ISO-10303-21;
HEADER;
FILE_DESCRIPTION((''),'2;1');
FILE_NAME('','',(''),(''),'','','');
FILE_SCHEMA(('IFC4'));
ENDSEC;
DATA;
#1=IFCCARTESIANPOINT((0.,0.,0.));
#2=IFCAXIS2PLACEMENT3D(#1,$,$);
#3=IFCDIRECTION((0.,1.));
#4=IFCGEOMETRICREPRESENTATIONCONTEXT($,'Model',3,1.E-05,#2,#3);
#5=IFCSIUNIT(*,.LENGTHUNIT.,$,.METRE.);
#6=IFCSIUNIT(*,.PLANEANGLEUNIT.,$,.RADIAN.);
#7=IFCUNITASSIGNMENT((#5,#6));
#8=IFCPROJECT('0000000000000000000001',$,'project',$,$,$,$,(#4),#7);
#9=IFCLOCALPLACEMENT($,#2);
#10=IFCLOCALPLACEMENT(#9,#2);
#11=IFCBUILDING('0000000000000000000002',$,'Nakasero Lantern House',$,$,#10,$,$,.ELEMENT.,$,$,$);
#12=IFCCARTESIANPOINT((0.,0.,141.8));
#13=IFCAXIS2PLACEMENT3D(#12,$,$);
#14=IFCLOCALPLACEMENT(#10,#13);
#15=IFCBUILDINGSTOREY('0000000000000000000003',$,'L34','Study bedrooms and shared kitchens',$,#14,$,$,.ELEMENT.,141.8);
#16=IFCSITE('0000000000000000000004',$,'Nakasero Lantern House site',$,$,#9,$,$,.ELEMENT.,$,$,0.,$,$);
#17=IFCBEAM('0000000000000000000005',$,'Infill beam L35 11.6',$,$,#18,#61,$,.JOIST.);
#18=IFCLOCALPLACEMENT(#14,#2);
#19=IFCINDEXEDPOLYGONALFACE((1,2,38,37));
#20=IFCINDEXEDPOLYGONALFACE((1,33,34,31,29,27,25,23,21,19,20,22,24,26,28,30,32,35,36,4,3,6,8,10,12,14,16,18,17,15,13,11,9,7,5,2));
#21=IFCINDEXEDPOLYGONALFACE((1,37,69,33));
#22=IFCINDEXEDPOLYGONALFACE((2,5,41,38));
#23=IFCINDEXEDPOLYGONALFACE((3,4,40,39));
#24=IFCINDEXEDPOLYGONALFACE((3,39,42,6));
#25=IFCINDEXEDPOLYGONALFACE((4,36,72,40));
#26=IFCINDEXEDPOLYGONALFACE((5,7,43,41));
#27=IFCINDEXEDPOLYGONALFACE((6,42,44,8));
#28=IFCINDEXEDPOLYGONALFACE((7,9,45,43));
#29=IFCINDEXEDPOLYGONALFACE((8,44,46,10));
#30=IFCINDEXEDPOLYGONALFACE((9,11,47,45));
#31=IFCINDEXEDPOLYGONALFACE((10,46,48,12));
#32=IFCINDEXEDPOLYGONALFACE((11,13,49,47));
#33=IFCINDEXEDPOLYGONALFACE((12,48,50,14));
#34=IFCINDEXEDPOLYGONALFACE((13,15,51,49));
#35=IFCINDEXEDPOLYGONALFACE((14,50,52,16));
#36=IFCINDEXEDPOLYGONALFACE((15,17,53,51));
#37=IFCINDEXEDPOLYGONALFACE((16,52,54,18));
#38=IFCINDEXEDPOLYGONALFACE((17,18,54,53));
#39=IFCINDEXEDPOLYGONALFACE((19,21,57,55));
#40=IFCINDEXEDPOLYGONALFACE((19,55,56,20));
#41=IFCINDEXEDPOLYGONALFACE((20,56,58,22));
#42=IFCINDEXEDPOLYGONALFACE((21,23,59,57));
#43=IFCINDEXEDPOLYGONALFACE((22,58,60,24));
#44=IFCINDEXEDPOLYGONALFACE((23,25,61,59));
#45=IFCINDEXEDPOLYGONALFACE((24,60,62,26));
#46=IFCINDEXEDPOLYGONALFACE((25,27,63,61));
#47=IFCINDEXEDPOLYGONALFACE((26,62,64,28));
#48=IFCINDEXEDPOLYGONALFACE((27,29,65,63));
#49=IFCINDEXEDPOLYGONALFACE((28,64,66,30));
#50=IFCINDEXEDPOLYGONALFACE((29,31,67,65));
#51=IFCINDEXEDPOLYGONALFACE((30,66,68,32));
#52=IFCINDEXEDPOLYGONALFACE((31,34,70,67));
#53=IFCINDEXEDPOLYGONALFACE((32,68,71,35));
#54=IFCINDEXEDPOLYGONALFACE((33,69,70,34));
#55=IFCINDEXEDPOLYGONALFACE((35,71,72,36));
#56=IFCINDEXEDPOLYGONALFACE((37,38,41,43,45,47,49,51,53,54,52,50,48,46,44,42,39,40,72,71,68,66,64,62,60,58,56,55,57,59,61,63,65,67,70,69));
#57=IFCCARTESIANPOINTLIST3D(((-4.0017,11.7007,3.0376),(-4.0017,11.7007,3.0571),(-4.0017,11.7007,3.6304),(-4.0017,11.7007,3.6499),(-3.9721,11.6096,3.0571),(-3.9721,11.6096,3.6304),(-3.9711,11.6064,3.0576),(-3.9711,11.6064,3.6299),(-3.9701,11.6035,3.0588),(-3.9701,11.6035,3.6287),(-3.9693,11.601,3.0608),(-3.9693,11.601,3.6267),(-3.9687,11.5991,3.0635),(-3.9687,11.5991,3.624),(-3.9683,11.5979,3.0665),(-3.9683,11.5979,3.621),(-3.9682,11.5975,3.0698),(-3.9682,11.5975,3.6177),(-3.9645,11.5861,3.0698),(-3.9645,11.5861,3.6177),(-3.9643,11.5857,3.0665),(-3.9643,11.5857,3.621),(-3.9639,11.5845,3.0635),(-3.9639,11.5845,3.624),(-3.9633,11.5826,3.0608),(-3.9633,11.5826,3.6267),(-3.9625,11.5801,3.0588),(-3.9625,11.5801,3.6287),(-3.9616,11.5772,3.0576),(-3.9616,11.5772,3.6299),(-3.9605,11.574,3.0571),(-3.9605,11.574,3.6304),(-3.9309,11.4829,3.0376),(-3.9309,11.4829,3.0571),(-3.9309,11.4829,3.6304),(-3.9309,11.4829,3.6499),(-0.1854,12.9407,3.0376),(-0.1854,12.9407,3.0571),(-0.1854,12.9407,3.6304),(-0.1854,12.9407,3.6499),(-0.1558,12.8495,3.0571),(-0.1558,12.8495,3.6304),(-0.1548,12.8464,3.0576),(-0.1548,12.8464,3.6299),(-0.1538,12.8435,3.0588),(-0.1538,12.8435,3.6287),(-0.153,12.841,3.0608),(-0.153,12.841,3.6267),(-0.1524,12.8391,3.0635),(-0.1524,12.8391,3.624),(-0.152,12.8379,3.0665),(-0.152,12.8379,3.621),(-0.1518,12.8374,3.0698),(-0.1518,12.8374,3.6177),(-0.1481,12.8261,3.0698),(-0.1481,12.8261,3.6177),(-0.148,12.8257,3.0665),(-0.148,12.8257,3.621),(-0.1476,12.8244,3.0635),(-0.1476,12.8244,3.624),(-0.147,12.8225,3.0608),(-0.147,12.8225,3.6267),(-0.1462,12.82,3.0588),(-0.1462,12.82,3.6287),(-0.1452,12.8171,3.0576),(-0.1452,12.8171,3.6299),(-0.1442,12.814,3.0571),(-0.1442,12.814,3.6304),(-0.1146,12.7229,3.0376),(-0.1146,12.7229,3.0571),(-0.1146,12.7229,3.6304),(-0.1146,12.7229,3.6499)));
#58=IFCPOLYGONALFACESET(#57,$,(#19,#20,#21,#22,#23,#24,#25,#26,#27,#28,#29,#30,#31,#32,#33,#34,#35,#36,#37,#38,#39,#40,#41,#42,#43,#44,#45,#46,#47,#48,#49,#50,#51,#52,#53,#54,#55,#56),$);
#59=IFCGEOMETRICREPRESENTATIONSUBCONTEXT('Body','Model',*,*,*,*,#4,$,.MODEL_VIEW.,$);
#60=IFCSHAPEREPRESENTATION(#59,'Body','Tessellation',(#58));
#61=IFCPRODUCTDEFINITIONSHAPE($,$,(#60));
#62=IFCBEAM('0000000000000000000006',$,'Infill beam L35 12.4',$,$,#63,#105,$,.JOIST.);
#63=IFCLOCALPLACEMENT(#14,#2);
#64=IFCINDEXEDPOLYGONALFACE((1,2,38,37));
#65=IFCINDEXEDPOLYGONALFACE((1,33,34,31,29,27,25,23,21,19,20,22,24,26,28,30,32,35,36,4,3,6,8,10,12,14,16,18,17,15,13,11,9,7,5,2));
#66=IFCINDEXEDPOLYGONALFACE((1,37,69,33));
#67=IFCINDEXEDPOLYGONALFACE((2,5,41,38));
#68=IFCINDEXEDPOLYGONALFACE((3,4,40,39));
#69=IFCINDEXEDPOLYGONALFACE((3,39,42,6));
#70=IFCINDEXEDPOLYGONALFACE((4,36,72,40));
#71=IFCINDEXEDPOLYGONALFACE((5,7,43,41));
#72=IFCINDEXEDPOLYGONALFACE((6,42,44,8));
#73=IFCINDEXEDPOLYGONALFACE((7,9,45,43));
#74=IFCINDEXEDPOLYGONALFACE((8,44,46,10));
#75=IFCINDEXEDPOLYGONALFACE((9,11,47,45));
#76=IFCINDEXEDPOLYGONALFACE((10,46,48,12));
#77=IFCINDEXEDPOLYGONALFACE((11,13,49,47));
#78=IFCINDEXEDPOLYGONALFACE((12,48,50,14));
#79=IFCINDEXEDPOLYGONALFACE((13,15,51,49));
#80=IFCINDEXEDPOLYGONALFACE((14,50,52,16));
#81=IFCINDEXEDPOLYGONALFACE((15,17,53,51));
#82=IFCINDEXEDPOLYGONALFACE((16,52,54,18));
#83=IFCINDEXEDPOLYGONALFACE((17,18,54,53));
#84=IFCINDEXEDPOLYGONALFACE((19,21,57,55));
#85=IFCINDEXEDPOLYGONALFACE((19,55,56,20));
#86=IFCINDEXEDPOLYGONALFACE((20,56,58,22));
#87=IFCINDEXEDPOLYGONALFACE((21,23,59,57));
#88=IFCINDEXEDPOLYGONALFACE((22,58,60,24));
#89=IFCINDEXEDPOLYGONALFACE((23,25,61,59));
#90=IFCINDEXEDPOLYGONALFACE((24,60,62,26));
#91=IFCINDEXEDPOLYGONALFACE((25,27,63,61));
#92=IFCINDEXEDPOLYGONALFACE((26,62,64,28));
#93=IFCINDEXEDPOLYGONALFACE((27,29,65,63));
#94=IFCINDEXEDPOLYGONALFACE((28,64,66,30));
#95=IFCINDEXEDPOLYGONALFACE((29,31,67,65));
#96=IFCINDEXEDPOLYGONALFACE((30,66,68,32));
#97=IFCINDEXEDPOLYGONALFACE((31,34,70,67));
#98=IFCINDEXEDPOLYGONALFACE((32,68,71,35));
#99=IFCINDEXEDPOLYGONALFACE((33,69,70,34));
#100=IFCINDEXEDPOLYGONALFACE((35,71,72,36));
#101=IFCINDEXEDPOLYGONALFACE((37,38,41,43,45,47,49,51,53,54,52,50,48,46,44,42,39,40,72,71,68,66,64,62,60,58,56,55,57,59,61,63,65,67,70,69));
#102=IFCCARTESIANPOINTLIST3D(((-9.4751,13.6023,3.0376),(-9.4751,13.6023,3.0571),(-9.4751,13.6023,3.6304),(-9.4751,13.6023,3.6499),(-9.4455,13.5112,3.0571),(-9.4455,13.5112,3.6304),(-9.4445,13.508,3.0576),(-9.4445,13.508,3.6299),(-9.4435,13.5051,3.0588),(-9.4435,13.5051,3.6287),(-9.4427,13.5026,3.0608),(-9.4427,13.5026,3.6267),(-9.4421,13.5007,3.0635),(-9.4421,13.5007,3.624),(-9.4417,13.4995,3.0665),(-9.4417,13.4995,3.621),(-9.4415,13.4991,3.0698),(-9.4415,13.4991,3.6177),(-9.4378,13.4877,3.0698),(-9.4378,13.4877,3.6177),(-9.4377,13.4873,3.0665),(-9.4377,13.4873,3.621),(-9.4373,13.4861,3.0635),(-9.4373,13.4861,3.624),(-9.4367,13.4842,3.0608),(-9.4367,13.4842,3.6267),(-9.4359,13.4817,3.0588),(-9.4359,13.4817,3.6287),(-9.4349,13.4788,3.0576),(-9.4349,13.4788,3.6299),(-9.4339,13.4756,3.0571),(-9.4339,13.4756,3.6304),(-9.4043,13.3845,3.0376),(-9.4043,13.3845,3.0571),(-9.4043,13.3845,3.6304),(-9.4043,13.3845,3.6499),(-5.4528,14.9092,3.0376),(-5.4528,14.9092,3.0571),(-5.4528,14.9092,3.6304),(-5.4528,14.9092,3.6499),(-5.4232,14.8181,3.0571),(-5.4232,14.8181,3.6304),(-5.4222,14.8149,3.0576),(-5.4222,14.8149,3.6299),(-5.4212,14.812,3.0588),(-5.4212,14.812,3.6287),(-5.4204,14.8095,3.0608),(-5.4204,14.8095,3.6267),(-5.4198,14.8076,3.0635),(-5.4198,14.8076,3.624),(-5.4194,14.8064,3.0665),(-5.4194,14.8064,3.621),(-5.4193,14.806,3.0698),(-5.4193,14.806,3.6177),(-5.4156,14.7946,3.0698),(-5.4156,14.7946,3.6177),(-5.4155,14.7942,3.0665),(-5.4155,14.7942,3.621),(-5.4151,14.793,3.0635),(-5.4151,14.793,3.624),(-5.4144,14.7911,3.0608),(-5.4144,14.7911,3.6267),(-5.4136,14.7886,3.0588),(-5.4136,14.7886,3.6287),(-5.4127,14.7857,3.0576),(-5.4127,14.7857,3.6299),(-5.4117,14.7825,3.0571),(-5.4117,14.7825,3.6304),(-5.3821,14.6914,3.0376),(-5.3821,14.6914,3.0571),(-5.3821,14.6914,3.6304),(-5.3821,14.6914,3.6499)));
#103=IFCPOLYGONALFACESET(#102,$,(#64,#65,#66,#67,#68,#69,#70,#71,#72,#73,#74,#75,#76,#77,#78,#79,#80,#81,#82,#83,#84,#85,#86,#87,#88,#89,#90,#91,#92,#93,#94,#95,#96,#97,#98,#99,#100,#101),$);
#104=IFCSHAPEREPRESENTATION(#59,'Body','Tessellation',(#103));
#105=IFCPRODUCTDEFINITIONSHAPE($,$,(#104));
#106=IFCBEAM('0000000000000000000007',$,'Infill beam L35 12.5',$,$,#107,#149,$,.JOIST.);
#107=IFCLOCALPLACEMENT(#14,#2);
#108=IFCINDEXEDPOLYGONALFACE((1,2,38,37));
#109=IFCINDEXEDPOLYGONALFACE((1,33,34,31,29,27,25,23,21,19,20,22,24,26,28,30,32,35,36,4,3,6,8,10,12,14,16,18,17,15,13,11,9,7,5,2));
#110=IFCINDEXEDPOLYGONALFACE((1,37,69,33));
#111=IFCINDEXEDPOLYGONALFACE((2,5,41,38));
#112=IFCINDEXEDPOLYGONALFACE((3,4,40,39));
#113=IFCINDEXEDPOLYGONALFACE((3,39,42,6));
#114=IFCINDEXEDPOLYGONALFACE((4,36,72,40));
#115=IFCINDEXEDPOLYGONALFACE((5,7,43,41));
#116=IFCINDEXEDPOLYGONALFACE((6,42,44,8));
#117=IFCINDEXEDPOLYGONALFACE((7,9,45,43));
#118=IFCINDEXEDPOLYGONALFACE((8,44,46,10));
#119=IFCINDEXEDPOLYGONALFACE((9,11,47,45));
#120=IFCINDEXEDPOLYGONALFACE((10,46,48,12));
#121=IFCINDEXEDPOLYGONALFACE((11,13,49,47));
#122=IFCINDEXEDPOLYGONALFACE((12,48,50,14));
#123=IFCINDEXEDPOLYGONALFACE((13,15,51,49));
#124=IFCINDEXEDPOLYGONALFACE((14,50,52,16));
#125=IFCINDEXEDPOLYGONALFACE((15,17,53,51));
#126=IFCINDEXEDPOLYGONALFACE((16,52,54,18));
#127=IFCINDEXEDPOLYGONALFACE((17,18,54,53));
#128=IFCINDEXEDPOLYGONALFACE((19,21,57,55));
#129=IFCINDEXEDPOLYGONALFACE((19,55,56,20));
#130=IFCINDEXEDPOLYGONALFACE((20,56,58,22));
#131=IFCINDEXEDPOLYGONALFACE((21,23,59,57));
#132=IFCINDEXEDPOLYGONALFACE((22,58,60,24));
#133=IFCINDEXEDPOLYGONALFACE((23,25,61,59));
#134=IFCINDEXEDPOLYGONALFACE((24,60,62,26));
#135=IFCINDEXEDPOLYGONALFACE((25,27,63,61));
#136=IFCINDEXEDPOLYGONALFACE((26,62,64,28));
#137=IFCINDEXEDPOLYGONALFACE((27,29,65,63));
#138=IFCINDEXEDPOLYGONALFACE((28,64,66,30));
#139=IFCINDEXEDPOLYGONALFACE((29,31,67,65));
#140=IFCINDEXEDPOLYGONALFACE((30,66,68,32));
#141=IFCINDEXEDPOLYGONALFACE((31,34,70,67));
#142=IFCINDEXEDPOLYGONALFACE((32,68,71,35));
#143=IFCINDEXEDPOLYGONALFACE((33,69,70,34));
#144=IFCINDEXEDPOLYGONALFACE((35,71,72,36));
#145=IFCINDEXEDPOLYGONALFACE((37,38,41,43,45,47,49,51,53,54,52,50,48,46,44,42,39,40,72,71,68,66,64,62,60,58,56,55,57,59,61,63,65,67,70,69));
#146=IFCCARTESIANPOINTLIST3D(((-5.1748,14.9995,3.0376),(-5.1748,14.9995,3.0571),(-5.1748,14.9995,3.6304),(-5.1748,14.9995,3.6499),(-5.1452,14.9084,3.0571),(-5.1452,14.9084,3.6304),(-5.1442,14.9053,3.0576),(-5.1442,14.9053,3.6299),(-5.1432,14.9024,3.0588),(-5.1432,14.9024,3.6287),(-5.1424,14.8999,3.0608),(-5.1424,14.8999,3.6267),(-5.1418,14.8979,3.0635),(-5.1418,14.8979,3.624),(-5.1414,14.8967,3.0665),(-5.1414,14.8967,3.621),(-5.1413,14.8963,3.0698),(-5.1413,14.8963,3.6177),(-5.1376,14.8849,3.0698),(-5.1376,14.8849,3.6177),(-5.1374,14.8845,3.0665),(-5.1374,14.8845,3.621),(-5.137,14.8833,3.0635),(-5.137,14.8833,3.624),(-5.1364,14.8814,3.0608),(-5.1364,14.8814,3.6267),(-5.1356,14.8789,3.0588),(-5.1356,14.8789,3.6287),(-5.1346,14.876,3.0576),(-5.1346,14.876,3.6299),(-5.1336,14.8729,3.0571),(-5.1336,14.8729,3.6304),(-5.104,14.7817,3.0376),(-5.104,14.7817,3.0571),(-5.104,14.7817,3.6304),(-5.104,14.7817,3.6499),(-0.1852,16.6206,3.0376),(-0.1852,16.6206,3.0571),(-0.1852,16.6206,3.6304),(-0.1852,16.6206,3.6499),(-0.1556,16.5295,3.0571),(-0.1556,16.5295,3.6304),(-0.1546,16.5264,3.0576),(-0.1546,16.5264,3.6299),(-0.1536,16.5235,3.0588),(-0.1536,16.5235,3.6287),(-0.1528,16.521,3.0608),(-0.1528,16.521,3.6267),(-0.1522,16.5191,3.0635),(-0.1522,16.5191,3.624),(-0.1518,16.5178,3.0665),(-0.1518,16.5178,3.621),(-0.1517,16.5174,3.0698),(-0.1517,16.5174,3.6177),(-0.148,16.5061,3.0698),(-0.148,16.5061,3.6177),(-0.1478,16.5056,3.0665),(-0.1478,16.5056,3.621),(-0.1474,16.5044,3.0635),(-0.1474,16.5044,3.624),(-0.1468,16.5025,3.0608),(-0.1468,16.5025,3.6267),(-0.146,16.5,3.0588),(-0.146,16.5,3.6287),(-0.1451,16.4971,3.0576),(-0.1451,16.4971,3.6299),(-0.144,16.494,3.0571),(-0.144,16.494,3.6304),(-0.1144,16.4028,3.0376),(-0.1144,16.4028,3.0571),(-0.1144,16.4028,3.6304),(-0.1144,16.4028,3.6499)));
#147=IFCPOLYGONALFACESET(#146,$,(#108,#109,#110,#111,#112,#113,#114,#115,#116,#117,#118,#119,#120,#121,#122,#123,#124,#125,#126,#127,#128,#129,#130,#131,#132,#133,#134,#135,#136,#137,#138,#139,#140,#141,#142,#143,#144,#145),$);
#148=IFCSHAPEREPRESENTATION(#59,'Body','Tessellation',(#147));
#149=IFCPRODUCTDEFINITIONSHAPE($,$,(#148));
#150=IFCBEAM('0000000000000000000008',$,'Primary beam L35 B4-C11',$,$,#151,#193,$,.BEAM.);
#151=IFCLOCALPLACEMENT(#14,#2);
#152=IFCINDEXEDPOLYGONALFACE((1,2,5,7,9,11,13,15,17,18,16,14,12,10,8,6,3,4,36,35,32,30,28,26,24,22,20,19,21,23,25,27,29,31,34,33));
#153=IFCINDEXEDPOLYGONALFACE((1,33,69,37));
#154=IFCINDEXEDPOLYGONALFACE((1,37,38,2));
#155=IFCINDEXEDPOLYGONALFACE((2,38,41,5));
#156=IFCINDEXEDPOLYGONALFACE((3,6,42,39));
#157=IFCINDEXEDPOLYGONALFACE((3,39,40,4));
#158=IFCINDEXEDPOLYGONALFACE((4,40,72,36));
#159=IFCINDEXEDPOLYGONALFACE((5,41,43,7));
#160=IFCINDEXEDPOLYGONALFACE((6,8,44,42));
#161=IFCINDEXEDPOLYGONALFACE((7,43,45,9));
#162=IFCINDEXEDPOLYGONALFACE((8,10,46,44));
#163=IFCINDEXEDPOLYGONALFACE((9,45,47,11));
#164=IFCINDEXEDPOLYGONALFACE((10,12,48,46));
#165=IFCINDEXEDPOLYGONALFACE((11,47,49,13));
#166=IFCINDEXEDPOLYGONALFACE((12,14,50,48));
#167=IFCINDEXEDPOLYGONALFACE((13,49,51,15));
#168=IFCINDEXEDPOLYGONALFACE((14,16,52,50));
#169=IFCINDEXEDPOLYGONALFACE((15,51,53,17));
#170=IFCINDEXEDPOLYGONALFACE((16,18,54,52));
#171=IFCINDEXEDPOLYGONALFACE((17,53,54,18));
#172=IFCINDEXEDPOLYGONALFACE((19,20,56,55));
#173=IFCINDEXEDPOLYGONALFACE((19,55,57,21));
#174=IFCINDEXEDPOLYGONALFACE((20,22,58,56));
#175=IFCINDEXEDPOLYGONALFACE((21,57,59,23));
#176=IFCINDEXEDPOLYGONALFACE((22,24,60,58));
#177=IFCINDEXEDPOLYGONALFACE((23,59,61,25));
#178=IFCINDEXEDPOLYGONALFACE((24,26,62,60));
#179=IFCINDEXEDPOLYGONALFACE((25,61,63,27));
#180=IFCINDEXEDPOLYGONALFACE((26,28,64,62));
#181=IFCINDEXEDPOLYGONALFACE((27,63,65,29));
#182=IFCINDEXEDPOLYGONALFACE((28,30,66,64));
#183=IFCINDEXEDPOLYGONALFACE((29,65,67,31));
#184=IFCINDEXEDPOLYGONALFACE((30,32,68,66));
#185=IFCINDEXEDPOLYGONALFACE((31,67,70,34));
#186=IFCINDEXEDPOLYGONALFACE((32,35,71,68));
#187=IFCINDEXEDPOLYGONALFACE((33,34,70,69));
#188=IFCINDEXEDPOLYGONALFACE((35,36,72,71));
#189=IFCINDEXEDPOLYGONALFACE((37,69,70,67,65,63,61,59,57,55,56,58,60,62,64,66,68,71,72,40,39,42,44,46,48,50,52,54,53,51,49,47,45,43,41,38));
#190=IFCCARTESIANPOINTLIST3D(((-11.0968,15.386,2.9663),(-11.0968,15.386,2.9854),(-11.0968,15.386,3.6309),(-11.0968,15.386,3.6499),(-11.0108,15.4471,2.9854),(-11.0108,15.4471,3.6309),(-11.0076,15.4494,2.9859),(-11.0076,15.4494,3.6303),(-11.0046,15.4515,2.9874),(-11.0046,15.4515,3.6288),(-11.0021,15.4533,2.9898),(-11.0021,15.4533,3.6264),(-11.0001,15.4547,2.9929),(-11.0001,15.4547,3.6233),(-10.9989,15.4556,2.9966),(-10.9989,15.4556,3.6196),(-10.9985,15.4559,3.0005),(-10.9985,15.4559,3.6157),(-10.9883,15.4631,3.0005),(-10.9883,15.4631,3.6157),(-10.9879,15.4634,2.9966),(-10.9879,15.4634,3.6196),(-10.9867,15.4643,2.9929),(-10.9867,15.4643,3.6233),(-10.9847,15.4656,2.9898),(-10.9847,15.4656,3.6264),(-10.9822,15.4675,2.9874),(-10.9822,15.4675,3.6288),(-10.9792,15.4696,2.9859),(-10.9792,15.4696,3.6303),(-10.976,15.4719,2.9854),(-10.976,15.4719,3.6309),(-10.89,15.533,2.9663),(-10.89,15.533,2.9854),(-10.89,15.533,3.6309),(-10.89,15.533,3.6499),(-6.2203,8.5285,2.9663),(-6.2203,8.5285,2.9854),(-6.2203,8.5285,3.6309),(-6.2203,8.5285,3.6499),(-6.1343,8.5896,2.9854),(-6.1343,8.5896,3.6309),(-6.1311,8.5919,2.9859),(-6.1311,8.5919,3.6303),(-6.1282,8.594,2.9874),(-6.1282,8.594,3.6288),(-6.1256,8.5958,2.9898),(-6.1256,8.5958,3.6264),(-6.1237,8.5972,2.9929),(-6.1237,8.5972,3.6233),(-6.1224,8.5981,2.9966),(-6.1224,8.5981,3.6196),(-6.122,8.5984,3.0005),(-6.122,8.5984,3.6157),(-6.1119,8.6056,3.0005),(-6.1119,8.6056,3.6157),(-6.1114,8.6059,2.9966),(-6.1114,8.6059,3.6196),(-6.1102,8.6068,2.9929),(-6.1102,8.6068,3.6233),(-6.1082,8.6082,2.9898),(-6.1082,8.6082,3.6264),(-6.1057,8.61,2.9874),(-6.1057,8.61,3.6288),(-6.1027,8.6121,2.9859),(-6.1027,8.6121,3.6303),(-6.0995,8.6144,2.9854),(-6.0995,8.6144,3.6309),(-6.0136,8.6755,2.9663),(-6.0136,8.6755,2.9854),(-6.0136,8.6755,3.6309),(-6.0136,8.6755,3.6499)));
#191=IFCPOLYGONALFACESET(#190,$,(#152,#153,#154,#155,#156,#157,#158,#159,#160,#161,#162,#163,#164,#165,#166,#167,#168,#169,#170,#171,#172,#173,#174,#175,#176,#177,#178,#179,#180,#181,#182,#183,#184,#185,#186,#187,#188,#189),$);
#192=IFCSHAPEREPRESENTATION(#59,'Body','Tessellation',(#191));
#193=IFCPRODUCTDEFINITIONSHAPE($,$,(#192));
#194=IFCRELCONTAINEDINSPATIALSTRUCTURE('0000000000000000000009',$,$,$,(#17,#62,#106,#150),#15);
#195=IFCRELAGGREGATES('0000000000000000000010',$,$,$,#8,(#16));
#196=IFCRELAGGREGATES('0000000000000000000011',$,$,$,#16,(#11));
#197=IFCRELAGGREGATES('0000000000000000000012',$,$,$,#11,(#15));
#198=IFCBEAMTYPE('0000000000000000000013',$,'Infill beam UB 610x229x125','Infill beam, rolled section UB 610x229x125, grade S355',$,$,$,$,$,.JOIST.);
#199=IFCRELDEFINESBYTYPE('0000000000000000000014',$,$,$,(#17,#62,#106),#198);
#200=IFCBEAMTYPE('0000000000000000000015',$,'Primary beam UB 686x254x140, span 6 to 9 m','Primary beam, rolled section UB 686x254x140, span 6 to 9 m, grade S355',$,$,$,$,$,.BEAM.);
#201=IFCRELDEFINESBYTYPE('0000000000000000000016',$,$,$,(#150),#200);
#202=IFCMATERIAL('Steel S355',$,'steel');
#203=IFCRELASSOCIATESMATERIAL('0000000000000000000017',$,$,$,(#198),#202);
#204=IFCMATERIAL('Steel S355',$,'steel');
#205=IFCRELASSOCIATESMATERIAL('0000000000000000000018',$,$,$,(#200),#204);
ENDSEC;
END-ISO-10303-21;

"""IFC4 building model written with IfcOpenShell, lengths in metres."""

from ifc_helpers import new_model, si_unit, direction, frame, origin, origin_2d, place, context, subcontext, project, spatial, i_section, extrude, material, material_profile, profile_set, type_object, element, save


model = new_model("IFC4")

# Units and contexts
model_context = context("Model", 3, precision=1e-05, world=origin(), true_north=direction((0.0, 1.0)))
body_context = subcontext(model_context, "Body", "Model", "MODEL_VIEW")
ifc_project = project(units=[si_unit("LENGTHUNIT", "METRE"), si_unit("PLANEANGLEUNIT", "RADIAN")], contexts=[model_context])

# Site, building, storey
site_placement = place(None, origin())
site = spatial("IfcSite", under=ifc_project, at=site_placement, Name="Nakasero Lantern House site", CompositionType="ELEMENT", RefElevation=0.0)
building_placement = place(site_placement, origin())
building = spatial("IfcBuilding", under=site, at=building_placement, Name="Nakasero Lantern House", CompositionType="ELEMENT")
storey_placement = place(building_placement, frame((0.0, 0.0, 141.8)))
storey = spatial("IfcBuildingStorey", under=building, at=storey_placement, Name="L34", Description="Study bedrooms and shared kitchens", CompositionType="ELEMENT", Elevation=141.8)

# Beams
ifc_material_1 = material(Name="Steel S355", Category="steel")
ifc_material_profile_1 = material_profile(ifc_material_1, i_section(OverallWidth=0.229, OverallDepth=0.6123, WebThickness=0.012, FlangeThickness=0.0195, FilletRadius=0.0127, at=origin_2d()), Name="UB 610x229x125")
ifc_profile_set_1 = profile_set([ifc_material_profile_1], Name="Steel S355")
beam_type_1 = type_object("IfcBeamType", Name="Infill beam UB 610x229x125", Description="Infill beam, rolled section UB 610x229x125, grade S355", PredefinedType="JOIST", material=ifc_profile_set_1)
beam_1_placement = place(storey_placement, frame((-3.9663, 11.5918, 3.3438), z_axis=(0.951059, 0.309009, 0.0), x_axis=(-0.309009, 0.951059, 0.0)))
element("IfcBeam", 1, at=beam_1_placement, inside=storey, type_object=beam_type_1, Name="Infill beam L35 11.6", PredefinedType="JOIST", context=body_context, shape_type="SweptSolid", body=[
    extrude(i_section(OverallWidth=0.229, OverallDepth=0.6123, WebThickness=0.012, FlangeThickness=0.0195, FilletRadius=0.0127, at=origin_2d()), origin(), (0.0, 0.0, 1.0), 4.0127),
])
beam_2_placement = place(storey_placement, frame((-9.4397, 13.4934, 3.3438), z_axis=(0.951057, 0.309014, 0.0), x_axis=(-0.309014, 0.951057, 0.0)))
element("IfcBeam", 2, at=beam_2_placement, inside=storey, type_object=beam_type_1, Name="Infill beam L35 12.4", PredefinedType="JOIST", context=body_context, shape_type="SweptSolid", body=[
    extrude(i_section(OverallWidth=0.229, OverallDepth=0.6123, WebThickness=0.012, FlangeThickness=0.0195, FilletRadius=0.0127, at=origin_2d()), origin(), (0.0, 0.0, 1.0), 4.2292),
])
beam_3_placement = place(storey_placement, frame((-5.1394, 14.8906, 3.3438), z_axis=(0.951062, 0.309001, 0.0), x_axis=(-0.309001, 0.951062, 0.0)))
element("IfcBeam", 3, at=beam_3_placement, inside=storey, type_object=beam_type_1, Name="Infill beam L35 12.5", PredefinedType="JOIST", context=body_context, shape_type="SweptSolid", body=[
    extrude(i_section(OverallWidth=0.229, OverallDepth=0.6123, WebThickness=0.012, FlangeThickness=0.0195, FilletRadius=0.0127, at=origin_2d()), origin(), (0.0, 0.0, 1.0), 5.2463),
])
ifc_material_2 = material(Name="Steel S355", Category="steel")
ifc_material_profile_2 = material_profile(ifc_material_2, i_section(OverallWidth=0.2537, OverallDepth=0.6836, WebThickness=0.0125, FlangeThickness=0.019, FilletRadius=0.0151, at=origin_2d()), Name="UB 686x254x140")
ifc_profile_set_2 = profile_set([ifc_material_profile_2], Name="Steel S355")
beam_type_2 = type_object("IfcBeamType", Name="Primary beam UB 686x254x140, span 6 to 9 m", Description="Primary beam, rolled section UB 686x254x140, span 6 to 9 m, grade S355", PredefinedType="BEAM", material=ifc_profile_set_2)
beam_4_placement = place(storey_placement, frame((-10.9934, 15.4595, 3.3081), z_axis=(0.57953, -0.814951, 0.0), x_axis=(0.814951, 0.57953, 0.0)))
element("IfcBeam", 4, at=beam_4_placement, inside=storey, type_object=beam_type_2, Name="Primary beam L35 B4-C11", PredefinedType="BEAM", context=body_context, shape_type="SweptSolid", body=[
    extrude(i_section(OverallWidth=0.2537, OverallDepth=0.6836, WebThickness=0.0125, FlangeThickness=0.019, FilletRadius=0.0151, at=origin_2d()), origin(), (0.0, 0.0, 1.0), 8.4146),
])

save(model, "model.ifc")
